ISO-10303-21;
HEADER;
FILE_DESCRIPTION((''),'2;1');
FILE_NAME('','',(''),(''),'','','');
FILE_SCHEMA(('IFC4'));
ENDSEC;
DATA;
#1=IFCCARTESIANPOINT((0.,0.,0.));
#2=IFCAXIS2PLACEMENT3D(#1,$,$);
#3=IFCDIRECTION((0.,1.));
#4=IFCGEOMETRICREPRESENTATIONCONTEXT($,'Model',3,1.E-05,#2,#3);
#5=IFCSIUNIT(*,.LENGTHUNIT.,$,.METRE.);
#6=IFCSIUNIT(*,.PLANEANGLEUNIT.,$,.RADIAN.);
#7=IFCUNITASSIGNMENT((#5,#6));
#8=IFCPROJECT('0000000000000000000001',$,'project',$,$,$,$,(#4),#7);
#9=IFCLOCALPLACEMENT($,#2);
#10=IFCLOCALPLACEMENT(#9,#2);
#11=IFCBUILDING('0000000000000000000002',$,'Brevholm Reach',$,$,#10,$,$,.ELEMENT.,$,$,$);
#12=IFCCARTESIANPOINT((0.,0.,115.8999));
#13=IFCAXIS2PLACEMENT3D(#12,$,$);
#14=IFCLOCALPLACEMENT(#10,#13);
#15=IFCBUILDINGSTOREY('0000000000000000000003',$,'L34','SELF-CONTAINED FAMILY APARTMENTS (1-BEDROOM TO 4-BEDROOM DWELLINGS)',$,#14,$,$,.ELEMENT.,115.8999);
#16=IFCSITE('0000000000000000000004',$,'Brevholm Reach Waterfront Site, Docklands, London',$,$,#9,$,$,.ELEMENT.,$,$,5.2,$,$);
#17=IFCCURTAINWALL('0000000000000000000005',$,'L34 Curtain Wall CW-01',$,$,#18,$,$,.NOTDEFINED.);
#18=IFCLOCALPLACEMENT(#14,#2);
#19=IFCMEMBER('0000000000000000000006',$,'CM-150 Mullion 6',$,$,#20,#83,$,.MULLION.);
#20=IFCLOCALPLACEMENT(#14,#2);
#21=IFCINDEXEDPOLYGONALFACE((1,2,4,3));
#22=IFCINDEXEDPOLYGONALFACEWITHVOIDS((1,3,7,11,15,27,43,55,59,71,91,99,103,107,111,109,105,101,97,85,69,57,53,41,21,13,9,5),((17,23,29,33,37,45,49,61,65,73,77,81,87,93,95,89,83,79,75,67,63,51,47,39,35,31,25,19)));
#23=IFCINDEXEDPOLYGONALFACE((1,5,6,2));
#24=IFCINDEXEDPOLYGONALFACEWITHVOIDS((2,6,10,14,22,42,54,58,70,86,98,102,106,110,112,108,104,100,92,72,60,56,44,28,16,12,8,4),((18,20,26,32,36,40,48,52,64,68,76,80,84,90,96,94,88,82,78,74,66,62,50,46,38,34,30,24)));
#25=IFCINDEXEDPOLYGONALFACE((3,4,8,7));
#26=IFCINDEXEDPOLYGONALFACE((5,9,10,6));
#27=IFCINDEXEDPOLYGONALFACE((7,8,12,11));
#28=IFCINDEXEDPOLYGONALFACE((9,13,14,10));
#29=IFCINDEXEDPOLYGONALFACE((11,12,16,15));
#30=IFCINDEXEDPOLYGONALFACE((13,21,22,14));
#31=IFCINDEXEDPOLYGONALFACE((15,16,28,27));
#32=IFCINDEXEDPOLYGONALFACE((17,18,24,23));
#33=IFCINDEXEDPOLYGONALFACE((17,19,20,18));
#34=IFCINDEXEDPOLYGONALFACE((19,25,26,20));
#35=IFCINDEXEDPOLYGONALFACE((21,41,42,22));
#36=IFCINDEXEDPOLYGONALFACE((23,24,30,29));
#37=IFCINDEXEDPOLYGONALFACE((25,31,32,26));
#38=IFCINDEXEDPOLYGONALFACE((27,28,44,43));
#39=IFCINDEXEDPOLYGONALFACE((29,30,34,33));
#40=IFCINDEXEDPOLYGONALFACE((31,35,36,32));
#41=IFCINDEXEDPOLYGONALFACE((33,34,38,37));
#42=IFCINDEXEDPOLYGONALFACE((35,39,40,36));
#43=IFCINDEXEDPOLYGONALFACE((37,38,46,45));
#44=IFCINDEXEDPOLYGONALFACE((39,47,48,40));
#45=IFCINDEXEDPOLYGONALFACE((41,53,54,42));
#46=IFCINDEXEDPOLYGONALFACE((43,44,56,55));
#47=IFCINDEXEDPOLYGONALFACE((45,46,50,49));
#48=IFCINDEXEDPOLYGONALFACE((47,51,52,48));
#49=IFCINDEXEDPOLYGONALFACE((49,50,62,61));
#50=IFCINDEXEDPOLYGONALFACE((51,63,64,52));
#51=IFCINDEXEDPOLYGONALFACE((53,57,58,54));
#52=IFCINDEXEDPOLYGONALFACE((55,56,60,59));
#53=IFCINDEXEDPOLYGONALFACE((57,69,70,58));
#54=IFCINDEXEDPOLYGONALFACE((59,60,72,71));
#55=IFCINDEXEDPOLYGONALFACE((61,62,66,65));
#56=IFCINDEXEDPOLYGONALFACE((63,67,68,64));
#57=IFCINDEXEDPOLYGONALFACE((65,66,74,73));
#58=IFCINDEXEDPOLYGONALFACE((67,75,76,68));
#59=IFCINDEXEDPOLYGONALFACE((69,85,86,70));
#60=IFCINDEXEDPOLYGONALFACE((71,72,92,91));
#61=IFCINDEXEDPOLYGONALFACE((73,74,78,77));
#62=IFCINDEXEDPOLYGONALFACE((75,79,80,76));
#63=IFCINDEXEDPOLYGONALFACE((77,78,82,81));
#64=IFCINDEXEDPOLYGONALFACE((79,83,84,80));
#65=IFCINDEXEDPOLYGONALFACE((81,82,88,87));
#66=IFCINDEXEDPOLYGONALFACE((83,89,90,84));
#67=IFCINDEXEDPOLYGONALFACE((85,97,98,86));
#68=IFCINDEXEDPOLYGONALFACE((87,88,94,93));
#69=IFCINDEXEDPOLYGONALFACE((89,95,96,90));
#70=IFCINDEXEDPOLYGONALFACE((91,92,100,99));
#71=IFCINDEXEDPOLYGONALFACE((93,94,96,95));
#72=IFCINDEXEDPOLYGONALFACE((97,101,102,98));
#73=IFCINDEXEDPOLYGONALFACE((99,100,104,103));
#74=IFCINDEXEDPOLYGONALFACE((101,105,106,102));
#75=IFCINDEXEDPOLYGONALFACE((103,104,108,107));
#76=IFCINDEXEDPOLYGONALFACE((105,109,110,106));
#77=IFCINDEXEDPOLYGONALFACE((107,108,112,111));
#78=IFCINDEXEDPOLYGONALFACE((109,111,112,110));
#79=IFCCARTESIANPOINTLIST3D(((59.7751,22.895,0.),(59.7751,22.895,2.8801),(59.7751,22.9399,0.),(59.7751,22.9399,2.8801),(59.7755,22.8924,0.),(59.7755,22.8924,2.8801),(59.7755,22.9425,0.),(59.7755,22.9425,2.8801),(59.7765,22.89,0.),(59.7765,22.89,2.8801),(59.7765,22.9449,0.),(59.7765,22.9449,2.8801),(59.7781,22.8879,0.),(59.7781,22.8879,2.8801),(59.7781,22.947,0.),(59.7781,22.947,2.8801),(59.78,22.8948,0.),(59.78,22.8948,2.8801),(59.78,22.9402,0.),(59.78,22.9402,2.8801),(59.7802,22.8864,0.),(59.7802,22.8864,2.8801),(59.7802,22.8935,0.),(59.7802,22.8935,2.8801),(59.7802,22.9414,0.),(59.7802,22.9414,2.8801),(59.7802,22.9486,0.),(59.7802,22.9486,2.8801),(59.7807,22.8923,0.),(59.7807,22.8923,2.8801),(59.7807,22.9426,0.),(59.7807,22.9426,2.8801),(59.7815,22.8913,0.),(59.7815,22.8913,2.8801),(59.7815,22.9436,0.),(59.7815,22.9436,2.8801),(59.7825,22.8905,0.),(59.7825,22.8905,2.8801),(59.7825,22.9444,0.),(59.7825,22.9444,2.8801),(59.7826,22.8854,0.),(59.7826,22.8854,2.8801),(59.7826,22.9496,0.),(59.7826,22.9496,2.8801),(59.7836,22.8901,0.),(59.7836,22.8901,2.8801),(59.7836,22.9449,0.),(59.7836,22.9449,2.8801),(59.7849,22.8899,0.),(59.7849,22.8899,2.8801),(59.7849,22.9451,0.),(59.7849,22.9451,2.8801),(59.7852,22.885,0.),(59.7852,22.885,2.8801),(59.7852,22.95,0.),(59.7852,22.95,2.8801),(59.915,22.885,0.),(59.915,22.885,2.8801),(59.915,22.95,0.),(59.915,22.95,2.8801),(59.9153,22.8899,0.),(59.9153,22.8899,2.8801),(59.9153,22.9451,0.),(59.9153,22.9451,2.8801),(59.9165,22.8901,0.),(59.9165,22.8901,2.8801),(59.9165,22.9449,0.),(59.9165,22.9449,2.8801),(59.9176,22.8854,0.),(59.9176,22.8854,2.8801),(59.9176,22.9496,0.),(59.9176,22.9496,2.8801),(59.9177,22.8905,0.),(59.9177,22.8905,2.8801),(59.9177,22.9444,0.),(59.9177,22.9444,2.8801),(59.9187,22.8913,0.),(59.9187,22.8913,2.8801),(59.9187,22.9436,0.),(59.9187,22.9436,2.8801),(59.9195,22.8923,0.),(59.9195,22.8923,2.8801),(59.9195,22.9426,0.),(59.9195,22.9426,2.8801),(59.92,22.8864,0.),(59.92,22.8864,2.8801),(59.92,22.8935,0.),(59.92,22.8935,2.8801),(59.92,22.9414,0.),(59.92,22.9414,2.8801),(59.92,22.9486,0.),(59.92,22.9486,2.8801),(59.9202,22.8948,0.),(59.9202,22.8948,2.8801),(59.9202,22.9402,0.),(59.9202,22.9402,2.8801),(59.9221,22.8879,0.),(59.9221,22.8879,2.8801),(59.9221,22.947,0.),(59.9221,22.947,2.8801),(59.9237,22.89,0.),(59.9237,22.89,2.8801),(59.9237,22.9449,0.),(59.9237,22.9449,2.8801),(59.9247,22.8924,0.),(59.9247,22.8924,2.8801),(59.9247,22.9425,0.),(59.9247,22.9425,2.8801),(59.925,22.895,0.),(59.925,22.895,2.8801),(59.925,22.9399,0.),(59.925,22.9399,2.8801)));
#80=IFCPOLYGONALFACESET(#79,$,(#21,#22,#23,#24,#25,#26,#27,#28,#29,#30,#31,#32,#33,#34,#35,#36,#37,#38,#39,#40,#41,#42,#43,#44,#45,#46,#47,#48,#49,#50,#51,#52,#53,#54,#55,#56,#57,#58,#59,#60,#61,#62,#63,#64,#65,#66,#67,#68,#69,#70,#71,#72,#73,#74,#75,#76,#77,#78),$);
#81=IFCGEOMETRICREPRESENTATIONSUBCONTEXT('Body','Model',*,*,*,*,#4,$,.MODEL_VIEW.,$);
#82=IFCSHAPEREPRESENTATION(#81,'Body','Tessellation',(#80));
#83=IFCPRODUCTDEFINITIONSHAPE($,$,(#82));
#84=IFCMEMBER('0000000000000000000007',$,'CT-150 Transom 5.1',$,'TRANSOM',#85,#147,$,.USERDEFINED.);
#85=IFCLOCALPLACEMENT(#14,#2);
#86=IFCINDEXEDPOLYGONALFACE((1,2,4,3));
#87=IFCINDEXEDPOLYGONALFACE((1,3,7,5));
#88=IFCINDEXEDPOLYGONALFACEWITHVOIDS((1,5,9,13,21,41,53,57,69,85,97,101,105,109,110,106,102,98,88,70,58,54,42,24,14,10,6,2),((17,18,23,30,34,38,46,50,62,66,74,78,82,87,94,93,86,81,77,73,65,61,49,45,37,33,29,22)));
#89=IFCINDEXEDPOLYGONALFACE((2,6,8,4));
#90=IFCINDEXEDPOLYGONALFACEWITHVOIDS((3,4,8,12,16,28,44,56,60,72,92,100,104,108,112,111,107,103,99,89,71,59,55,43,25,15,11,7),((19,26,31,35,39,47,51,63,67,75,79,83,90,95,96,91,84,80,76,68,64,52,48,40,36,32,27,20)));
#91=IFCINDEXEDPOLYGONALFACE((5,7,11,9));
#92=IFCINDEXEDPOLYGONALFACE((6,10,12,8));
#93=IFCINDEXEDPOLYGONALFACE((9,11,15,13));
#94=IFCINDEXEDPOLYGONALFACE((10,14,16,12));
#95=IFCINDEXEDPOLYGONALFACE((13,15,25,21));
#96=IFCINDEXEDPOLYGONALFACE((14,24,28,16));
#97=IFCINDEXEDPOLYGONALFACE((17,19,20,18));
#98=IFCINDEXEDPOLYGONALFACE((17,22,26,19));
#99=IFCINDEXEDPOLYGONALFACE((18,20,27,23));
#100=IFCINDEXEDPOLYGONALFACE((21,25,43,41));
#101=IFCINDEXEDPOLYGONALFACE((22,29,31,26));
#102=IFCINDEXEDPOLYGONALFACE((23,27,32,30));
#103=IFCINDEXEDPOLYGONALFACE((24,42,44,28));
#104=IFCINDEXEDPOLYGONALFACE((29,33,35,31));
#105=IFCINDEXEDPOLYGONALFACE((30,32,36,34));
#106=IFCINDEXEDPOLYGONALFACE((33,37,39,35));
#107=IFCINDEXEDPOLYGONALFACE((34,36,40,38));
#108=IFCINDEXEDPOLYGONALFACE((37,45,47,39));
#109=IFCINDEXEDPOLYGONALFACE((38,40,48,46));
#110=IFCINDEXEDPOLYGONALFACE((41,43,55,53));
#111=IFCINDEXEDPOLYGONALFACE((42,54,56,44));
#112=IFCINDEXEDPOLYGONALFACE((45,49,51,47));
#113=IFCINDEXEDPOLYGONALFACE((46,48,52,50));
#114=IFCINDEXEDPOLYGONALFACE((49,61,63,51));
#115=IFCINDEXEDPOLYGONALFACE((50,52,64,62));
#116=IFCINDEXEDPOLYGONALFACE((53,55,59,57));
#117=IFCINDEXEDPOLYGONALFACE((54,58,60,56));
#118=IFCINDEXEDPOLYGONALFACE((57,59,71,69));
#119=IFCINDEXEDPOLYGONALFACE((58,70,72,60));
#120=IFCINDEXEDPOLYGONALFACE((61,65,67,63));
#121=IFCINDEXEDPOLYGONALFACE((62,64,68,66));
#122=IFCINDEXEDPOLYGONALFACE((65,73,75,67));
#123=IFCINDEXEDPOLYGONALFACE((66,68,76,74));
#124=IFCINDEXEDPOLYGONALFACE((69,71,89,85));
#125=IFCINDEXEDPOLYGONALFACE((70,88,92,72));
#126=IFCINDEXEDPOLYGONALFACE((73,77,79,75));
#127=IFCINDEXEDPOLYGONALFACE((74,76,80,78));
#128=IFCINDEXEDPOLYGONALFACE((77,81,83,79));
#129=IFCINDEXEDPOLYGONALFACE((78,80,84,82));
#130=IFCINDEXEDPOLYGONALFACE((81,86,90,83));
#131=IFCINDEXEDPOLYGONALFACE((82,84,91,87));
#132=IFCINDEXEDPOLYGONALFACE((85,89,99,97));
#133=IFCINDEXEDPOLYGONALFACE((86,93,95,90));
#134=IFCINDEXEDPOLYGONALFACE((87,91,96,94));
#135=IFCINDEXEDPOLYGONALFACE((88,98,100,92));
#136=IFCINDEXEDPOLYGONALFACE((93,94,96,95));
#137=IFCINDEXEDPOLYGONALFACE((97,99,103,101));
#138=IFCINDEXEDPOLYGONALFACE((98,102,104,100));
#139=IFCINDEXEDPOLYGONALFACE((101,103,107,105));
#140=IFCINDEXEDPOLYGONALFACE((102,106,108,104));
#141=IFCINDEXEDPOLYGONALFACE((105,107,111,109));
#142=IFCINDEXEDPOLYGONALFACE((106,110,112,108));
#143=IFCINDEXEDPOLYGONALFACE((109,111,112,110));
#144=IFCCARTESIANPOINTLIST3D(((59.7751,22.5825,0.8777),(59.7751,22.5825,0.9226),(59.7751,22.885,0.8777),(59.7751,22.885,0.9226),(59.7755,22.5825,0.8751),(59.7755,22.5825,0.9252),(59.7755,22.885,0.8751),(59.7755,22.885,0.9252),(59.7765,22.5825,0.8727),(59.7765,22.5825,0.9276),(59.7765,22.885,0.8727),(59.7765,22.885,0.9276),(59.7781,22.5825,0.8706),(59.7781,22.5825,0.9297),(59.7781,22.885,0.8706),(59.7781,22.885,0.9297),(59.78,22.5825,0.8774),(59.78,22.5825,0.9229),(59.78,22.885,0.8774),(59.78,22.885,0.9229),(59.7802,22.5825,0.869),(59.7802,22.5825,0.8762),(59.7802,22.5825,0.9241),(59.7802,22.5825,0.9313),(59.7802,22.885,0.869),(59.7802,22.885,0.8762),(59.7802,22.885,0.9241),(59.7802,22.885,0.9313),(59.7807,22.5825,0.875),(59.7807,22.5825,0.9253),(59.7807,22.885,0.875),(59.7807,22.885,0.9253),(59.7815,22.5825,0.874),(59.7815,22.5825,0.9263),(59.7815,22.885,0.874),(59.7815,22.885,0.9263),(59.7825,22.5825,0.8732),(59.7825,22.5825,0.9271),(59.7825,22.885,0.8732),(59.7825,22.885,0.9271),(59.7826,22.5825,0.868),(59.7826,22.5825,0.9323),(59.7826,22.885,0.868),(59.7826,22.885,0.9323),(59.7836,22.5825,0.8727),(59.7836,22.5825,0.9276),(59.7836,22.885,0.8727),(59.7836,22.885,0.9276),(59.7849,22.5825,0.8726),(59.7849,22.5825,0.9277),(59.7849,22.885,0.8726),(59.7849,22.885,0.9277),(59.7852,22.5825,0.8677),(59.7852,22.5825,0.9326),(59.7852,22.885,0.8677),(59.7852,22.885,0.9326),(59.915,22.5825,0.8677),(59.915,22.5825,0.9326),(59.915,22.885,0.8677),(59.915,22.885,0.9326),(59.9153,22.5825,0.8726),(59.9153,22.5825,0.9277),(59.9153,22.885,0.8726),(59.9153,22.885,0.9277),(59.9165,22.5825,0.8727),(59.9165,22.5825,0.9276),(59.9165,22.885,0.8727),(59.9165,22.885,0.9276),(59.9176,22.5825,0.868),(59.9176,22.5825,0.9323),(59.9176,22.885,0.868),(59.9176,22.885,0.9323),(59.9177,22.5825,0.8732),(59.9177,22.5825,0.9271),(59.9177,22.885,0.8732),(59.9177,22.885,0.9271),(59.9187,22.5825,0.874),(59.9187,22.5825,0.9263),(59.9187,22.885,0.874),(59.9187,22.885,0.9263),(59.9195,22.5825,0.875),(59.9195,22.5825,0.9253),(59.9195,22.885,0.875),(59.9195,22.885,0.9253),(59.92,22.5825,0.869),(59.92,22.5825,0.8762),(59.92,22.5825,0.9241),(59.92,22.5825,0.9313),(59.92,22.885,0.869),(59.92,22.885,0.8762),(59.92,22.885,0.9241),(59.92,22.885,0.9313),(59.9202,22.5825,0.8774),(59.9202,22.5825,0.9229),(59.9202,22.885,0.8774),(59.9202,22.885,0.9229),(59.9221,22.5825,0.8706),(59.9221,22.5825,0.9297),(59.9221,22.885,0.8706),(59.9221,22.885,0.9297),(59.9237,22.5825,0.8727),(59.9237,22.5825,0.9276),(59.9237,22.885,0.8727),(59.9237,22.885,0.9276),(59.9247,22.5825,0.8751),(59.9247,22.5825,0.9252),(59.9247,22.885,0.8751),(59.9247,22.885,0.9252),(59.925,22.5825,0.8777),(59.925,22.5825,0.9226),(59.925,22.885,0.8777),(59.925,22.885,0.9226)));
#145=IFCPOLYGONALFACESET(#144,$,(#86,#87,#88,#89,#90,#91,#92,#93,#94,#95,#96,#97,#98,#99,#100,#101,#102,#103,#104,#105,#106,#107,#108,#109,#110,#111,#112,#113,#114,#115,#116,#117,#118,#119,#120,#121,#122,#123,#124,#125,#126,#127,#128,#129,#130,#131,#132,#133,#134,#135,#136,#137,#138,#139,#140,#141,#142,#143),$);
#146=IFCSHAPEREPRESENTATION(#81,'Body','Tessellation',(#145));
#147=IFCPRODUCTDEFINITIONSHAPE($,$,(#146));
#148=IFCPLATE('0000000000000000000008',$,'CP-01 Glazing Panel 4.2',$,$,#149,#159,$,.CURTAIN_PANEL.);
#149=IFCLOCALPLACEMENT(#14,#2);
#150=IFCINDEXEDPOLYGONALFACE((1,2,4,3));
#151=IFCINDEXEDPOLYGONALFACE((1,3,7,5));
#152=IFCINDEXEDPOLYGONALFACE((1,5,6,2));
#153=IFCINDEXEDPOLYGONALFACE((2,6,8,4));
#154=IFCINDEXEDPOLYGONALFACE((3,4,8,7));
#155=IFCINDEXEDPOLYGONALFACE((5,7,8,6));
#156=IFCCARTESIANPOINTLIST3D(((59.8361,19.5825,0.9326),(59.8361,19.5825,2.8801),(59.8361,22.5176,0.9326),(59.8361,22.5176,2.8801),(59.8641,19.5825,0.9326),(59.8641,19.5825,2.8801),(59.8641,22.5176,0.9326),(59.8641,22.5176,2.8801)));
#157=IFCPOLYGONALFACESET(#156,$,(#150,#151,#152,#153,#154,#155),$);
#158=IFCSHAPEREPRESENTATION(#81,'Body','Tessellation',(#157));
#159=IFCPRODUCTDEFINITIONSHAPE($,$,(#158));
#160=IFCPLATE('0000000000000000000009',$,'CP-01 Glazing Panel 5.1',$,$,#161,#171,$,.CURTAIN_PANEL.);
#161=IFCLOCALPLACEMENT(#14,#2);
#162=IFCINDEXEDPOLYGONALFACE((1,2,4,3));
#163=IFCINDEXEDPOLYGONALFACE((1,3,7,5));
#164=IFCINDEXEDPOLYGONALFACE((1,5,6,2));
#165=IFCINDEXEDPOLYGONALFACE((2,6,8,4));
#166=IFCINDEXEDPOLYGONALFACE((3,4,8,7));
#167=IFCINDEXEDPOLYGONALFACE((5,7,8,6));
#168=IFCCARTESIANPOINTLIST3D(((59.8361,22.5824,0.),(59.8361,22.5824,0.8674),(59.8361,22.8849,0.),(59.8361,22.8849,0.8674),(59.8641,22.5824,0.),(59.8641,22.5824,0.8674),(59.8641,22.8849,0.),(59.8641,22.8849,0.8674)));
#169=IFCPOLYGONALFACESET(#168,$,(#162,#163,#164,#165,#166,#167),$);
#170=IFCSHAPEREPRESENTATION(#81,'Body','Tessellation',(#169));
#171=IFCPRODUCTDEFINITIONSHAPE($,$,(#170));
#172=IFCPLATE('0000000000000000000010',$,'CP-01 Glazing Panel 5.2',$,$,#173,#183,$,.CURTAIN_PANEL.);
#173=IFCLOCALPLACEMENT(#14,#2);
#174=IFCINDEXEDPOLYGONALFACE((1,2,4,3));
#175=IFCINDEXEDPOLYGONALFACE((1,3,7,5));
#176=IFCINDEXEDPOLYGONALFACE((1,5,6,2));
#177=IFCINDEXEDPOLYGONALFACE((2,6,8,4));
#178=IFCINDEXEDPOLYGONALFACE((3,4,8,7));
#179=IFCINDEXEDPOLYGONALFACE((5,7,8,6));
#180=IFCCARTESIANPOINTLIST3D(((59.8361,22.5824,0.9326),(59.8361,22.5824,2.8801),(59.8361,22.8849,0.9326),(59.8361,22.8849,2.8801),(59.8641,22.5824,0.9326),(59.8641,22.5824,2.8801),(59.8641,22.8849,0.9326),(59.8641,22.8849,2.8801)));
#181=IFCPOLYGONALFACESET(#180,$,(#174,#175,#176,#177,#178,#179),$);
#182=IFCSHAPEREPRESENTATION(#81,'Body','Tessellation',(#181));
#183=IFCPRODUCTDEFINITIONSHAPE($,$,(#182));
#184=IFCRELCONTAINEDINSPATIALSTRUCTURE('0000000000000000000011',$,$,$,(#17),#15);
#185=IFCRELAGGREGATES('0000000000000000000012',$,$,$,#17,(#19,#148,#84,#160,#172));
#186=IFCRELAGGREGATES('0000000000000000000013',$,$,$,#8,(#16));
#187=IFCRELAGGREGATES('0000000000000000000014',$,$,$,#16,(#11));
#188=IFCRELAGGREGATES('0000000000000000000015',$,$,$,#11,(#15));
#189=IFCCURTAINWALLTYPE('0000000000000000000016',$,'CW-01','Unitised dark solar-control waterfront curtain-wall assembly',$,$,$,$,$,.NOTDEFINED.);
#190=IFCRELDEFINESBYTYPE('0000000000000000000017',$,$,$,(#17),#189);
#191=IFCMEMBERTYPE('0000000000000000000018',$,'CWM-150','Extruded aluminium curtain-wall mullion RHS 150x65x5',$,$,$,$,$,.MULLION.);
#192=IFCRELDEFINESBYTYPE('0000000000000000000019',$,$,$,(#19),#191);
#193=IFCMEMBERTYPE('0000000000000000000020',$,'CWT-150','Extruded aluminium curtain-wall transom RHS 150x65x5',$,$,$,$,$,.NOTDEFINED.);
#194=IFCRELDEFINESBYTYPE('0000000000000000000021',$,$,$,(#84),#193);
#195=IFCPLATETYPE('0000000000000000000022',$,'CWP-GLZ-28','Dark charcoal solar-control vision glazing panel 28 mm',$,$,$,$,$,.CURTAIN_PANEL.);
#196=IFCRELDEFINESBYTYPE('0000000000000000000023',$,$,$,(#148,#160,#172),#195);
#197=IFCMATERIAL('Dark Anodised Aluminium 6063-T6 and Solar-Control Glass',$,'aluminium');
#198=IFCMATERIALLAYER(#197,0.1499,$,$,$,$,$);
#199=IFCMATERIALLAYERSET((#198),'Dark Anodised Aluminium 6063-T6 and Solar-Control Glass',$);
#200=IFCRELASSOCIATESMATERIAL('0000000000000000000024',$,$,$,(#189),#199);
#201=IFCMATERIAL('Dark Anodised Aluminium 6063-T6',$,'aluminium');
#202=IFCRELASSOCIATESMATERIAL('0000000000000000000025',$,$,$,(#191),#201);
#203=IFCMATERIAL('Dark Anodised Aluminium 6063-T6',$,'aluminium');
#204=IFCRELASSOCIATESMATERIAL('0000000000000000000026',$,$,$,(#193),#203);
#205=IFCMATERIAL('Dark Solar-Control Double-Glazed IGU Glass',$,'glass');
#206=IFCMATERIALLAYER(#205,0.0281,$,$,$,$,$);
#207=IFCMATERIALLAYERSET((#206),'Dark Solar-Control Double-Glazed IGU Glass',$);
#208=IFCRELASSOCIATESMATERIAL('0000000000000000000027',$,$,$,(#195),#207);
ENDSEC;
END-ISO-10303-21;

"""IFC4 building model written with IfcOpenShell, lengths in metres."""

from ifc_helpers import new_model, si_unit, direction, frame, origin, origin_2d, place, context, subcontext, project, spatial, rectangle, hollow_rectangle, extrude, material, layer, layer_set, material_profile, profile_set, type_object, element, aggregate, save


model = new_model("IFC4")

# Units and contexts
model_context = context("Model", 3, precision=1e-05, world=origin(), true_north=direction((0.0, 1.0)))
body_context = subcontext(model_context, "Body", "Model", "MODEL_VIEW")
ifc_project = project(units=[si_unit("LENGTHUNIT", "METRE"), si_unit("PLANEANGLEUNIT", "RADIAN")], contexts=[model_context])

# Site, building, storey
site_placement = place(None, origin())
site = spatial("IfcSite", under=ifc_project, at=site_placement, Name="Brevholm Reach Waterfront Site, Docklands, London", CompositionType="ELEMENT", RefElevation=5.2)
building_placement = place(site_placement, origin())
building = spatial("IfcBuilding", under=site, at=building_placement, Name="Brevholm Reach", CompositionType="ELEMENT")
storey_placement = place(building_placement, frame((0.0, 0.0, 115.8999)))
storey = spatial("IfcBuildingStorey", under=building, at=storey_placement, Name="L34", Description="SELF-CONTAINED FAMILY APARTMENTS (1-BEDROOM TO 4-BEDROOM DWELLINGS)", CompositionType="ELEMENT", Elevation=115.8999)

# Curtain wall, members, plates
ifc_material_1 = material(Name="Dark Anodised Aluminium 6063-T6 and Solar-Control Glass", Category="aluminium")
ifc_layer_1 = layer(ifc_material_1, 0.1499)
ifc_layer_set_1 = layer_set([ifc_layer_1], Name="Dark Anodised Aluminium 6063-T6 and Solar-Control Glass")
curtain_wall_type = type_object("IfcCurtainWallType", Name="CW-01", Description="Unitised dark solar-control waterfront curtain-wall assembly", PredefinedType="NOTDEFINED", material=ifc_layer_set_1)
curtain_wall_placement = place(storey_placement, origin())
curtain_wall = element("IfcCurtainWall", 1, at=curtain_wall_placement, inside=storey, type_object=curtain_wall_type, Name="L34 Curtain Wall CW-01", PredefinedType="NOTDEFINED")
ifc_material_2 = material(Name="Dark Anodised Aluminium 6063-T6", Category="aluminium")
ifc_material_profile_1 = material_profile(ifc_material_2, hollow_rectangle(XDim=0.0649, YDim=0.1499, WallThickness=0.0049, InnerFilletRadius=0.0049, OuterFilletRadius=0.01, at=origin_2d()), Name="RHS 150x65x5")
ifc_profile_set_1 = profile_set([ifc_material_profile_1], Name="Dark Anodised Aluminium 6063-T6")
member_type_1 = type_object("IfcMemberType", Name="CWM-150", Description="Extruded aluminium curtain-wall mullion RHS 150x65x5", PredefinedType="MULLION", material=ifc_profile_set_1)
member_1_placement = place(storey_placement, frame((59.8501, 22.9175, 0.0), z_axis=(0.0, 0.0, 1.0), x_axis=(0.0, 1.0, 0.0)))
member_1 = element("IfcMember", 2, at=member_1_placement, type_object=member_type_1, Name="CM-150 Mullion 6", PredefinedType="MULLION", context=body_context, shape_type="SweptSolid", body=[
    extrude(hollow_rectangle(XDim=0.0649, YDim=0.1499, WallThickness=0.0049, InnerFilletRadius=0.0049, OuterFilletRadius=0.01, at=origin_2d()), origin(), (0.0, 0.0, 1.0), 2.8801),
])
ifc_material_3 = material(Name="Dark Anodised Aluminium 6063-T6", Category="aluminium")
ifc_material_profile_2 = material_profile(ifc_material_3, hollow_rectangle(XDim=0.0649, YDim=0.1499, WallThickness=0.0049, InnerFilletRadius=0.0049, OuterFilletRadius=0.01, at=origin_2d()), Name="RHS 150x65x5")
ifc_profile_set_2 = profile_set([ifc_material_profile_2], Name="Dark Anodised Aluminium 6063-T6")
member_type_2 = type_object("IfcMemberType", Name="CWT-150", Description="Extruded aluminium curtain-wall transom RHS 150x65x5", PredefinedType="NOTDEFINED", material=ifc_profile_set_2)
member_2_placement = place(storey_placement, frame((59.8501, 22.5825, 0.9001), z_axis=(0.0, 1.0, 0.0), x_axis=(0.0, 0.0, 1.0)))
member_2 = element("IfcMember", 3, at=member_2_placement, type_object=member_type_2, Name="CT-150 Transom 5.1", ObjectType="TRANSOM", PredefinedType="USERDEFINED", context=body_context, shape_type="SweptSolid", body=[
    extrude(hollow_rectangle(XDim=0.0649, YDim=0.1499, WallThickness=0.0049, InnerFilletRadius=0.0049, OuterFilletRadius=0.01, at=origin_2d()), origin(), (0.0, 0.0, 1.0), 0.3025),
])
ifc_material_4 = material(Name="Dark Solar-Control Double-Glazed IGU Glass", Category="glass")
ifc_layer_2 = layer(ifc_material_4, 0.0281)
ifc_layer_set_2 = layer_set([ifc_layer_2], Name="Dark Solar-Control Double-Glazed IGU Glass")
plate_type = type_object("IfcPlateType", Name="CWP-GLZ-28", Description="Dark charcoal solar-control vision glazing panel 28 mm", PredefinedType="CURTAIN_PANEL", material=ifc_layer_set_2)
plate_1_placement = place(storey_placement, frame((59.8501, 21.05, 0.9326), z_axis=(0.0, 0.0, 1.0), x_axis=(0.0, 1.0, 0.0)))
plate_1 = element("IfcPlate", 4, at=plate_1_placement, type_object=plate_type, Name="CP-01 Glazing Panel 4.2", PredefinedType="CURTAIN_PANEL", context=body_context, shape_type="SweptSolid", body=[
    extrude(rectangle(XDim=2.9351, YDim=0.0281, at=origin_2d()), origin(), (0.0, 0.0, 1.0), 1.9475),
])
plate_2_placement = place(storey_placement, frame((59.8501, 22.7336, 0.0), z_axis=(0.0, 0.0, 1.0), x_axis=(0.0, 1.0, 0.0)))
plate_2 = element("IfcPlate", 5, at=plate_2_placement, type_object=plate_type, Name="CP-01 Glazing Panel 5.1", PredefinedType="CURTAIN_PANEL", context=body_context, shape_type="SweptSolid", body=[
    extrude(rectangle(XDim=0.3025, YDim=0.0281, at=origin_2d()), origin(), (0.0, 0.0, 1.0), 0.8674),
])
plate_3_placement = place(storey_placement, frame((59.8501, 22.7336, 0.9326), z_axis=(0.0, 0.0, 1.0), x_axis=(0.0, 1.0, 0.0)))
plate_3 = element("IfcPlate", 6, at=plate_3_placement, type_object=plate_type, Name="CP-01 Glazing Panel 5.2", PredefinedType="CURTAIN_PANEL", context=body_context, shape_type="SweptSolid", body=[
    extrude(rectangle(XDim=0.3025, YDim=0.0281, at=origin_2d()), origin(), (0.0, 0.0, 1.0), 1.9475),
])
aggregate(curtain_wall, [member_1, plate_1, member_2, plate_2, plate_3])

save(model, "model.ifc")
